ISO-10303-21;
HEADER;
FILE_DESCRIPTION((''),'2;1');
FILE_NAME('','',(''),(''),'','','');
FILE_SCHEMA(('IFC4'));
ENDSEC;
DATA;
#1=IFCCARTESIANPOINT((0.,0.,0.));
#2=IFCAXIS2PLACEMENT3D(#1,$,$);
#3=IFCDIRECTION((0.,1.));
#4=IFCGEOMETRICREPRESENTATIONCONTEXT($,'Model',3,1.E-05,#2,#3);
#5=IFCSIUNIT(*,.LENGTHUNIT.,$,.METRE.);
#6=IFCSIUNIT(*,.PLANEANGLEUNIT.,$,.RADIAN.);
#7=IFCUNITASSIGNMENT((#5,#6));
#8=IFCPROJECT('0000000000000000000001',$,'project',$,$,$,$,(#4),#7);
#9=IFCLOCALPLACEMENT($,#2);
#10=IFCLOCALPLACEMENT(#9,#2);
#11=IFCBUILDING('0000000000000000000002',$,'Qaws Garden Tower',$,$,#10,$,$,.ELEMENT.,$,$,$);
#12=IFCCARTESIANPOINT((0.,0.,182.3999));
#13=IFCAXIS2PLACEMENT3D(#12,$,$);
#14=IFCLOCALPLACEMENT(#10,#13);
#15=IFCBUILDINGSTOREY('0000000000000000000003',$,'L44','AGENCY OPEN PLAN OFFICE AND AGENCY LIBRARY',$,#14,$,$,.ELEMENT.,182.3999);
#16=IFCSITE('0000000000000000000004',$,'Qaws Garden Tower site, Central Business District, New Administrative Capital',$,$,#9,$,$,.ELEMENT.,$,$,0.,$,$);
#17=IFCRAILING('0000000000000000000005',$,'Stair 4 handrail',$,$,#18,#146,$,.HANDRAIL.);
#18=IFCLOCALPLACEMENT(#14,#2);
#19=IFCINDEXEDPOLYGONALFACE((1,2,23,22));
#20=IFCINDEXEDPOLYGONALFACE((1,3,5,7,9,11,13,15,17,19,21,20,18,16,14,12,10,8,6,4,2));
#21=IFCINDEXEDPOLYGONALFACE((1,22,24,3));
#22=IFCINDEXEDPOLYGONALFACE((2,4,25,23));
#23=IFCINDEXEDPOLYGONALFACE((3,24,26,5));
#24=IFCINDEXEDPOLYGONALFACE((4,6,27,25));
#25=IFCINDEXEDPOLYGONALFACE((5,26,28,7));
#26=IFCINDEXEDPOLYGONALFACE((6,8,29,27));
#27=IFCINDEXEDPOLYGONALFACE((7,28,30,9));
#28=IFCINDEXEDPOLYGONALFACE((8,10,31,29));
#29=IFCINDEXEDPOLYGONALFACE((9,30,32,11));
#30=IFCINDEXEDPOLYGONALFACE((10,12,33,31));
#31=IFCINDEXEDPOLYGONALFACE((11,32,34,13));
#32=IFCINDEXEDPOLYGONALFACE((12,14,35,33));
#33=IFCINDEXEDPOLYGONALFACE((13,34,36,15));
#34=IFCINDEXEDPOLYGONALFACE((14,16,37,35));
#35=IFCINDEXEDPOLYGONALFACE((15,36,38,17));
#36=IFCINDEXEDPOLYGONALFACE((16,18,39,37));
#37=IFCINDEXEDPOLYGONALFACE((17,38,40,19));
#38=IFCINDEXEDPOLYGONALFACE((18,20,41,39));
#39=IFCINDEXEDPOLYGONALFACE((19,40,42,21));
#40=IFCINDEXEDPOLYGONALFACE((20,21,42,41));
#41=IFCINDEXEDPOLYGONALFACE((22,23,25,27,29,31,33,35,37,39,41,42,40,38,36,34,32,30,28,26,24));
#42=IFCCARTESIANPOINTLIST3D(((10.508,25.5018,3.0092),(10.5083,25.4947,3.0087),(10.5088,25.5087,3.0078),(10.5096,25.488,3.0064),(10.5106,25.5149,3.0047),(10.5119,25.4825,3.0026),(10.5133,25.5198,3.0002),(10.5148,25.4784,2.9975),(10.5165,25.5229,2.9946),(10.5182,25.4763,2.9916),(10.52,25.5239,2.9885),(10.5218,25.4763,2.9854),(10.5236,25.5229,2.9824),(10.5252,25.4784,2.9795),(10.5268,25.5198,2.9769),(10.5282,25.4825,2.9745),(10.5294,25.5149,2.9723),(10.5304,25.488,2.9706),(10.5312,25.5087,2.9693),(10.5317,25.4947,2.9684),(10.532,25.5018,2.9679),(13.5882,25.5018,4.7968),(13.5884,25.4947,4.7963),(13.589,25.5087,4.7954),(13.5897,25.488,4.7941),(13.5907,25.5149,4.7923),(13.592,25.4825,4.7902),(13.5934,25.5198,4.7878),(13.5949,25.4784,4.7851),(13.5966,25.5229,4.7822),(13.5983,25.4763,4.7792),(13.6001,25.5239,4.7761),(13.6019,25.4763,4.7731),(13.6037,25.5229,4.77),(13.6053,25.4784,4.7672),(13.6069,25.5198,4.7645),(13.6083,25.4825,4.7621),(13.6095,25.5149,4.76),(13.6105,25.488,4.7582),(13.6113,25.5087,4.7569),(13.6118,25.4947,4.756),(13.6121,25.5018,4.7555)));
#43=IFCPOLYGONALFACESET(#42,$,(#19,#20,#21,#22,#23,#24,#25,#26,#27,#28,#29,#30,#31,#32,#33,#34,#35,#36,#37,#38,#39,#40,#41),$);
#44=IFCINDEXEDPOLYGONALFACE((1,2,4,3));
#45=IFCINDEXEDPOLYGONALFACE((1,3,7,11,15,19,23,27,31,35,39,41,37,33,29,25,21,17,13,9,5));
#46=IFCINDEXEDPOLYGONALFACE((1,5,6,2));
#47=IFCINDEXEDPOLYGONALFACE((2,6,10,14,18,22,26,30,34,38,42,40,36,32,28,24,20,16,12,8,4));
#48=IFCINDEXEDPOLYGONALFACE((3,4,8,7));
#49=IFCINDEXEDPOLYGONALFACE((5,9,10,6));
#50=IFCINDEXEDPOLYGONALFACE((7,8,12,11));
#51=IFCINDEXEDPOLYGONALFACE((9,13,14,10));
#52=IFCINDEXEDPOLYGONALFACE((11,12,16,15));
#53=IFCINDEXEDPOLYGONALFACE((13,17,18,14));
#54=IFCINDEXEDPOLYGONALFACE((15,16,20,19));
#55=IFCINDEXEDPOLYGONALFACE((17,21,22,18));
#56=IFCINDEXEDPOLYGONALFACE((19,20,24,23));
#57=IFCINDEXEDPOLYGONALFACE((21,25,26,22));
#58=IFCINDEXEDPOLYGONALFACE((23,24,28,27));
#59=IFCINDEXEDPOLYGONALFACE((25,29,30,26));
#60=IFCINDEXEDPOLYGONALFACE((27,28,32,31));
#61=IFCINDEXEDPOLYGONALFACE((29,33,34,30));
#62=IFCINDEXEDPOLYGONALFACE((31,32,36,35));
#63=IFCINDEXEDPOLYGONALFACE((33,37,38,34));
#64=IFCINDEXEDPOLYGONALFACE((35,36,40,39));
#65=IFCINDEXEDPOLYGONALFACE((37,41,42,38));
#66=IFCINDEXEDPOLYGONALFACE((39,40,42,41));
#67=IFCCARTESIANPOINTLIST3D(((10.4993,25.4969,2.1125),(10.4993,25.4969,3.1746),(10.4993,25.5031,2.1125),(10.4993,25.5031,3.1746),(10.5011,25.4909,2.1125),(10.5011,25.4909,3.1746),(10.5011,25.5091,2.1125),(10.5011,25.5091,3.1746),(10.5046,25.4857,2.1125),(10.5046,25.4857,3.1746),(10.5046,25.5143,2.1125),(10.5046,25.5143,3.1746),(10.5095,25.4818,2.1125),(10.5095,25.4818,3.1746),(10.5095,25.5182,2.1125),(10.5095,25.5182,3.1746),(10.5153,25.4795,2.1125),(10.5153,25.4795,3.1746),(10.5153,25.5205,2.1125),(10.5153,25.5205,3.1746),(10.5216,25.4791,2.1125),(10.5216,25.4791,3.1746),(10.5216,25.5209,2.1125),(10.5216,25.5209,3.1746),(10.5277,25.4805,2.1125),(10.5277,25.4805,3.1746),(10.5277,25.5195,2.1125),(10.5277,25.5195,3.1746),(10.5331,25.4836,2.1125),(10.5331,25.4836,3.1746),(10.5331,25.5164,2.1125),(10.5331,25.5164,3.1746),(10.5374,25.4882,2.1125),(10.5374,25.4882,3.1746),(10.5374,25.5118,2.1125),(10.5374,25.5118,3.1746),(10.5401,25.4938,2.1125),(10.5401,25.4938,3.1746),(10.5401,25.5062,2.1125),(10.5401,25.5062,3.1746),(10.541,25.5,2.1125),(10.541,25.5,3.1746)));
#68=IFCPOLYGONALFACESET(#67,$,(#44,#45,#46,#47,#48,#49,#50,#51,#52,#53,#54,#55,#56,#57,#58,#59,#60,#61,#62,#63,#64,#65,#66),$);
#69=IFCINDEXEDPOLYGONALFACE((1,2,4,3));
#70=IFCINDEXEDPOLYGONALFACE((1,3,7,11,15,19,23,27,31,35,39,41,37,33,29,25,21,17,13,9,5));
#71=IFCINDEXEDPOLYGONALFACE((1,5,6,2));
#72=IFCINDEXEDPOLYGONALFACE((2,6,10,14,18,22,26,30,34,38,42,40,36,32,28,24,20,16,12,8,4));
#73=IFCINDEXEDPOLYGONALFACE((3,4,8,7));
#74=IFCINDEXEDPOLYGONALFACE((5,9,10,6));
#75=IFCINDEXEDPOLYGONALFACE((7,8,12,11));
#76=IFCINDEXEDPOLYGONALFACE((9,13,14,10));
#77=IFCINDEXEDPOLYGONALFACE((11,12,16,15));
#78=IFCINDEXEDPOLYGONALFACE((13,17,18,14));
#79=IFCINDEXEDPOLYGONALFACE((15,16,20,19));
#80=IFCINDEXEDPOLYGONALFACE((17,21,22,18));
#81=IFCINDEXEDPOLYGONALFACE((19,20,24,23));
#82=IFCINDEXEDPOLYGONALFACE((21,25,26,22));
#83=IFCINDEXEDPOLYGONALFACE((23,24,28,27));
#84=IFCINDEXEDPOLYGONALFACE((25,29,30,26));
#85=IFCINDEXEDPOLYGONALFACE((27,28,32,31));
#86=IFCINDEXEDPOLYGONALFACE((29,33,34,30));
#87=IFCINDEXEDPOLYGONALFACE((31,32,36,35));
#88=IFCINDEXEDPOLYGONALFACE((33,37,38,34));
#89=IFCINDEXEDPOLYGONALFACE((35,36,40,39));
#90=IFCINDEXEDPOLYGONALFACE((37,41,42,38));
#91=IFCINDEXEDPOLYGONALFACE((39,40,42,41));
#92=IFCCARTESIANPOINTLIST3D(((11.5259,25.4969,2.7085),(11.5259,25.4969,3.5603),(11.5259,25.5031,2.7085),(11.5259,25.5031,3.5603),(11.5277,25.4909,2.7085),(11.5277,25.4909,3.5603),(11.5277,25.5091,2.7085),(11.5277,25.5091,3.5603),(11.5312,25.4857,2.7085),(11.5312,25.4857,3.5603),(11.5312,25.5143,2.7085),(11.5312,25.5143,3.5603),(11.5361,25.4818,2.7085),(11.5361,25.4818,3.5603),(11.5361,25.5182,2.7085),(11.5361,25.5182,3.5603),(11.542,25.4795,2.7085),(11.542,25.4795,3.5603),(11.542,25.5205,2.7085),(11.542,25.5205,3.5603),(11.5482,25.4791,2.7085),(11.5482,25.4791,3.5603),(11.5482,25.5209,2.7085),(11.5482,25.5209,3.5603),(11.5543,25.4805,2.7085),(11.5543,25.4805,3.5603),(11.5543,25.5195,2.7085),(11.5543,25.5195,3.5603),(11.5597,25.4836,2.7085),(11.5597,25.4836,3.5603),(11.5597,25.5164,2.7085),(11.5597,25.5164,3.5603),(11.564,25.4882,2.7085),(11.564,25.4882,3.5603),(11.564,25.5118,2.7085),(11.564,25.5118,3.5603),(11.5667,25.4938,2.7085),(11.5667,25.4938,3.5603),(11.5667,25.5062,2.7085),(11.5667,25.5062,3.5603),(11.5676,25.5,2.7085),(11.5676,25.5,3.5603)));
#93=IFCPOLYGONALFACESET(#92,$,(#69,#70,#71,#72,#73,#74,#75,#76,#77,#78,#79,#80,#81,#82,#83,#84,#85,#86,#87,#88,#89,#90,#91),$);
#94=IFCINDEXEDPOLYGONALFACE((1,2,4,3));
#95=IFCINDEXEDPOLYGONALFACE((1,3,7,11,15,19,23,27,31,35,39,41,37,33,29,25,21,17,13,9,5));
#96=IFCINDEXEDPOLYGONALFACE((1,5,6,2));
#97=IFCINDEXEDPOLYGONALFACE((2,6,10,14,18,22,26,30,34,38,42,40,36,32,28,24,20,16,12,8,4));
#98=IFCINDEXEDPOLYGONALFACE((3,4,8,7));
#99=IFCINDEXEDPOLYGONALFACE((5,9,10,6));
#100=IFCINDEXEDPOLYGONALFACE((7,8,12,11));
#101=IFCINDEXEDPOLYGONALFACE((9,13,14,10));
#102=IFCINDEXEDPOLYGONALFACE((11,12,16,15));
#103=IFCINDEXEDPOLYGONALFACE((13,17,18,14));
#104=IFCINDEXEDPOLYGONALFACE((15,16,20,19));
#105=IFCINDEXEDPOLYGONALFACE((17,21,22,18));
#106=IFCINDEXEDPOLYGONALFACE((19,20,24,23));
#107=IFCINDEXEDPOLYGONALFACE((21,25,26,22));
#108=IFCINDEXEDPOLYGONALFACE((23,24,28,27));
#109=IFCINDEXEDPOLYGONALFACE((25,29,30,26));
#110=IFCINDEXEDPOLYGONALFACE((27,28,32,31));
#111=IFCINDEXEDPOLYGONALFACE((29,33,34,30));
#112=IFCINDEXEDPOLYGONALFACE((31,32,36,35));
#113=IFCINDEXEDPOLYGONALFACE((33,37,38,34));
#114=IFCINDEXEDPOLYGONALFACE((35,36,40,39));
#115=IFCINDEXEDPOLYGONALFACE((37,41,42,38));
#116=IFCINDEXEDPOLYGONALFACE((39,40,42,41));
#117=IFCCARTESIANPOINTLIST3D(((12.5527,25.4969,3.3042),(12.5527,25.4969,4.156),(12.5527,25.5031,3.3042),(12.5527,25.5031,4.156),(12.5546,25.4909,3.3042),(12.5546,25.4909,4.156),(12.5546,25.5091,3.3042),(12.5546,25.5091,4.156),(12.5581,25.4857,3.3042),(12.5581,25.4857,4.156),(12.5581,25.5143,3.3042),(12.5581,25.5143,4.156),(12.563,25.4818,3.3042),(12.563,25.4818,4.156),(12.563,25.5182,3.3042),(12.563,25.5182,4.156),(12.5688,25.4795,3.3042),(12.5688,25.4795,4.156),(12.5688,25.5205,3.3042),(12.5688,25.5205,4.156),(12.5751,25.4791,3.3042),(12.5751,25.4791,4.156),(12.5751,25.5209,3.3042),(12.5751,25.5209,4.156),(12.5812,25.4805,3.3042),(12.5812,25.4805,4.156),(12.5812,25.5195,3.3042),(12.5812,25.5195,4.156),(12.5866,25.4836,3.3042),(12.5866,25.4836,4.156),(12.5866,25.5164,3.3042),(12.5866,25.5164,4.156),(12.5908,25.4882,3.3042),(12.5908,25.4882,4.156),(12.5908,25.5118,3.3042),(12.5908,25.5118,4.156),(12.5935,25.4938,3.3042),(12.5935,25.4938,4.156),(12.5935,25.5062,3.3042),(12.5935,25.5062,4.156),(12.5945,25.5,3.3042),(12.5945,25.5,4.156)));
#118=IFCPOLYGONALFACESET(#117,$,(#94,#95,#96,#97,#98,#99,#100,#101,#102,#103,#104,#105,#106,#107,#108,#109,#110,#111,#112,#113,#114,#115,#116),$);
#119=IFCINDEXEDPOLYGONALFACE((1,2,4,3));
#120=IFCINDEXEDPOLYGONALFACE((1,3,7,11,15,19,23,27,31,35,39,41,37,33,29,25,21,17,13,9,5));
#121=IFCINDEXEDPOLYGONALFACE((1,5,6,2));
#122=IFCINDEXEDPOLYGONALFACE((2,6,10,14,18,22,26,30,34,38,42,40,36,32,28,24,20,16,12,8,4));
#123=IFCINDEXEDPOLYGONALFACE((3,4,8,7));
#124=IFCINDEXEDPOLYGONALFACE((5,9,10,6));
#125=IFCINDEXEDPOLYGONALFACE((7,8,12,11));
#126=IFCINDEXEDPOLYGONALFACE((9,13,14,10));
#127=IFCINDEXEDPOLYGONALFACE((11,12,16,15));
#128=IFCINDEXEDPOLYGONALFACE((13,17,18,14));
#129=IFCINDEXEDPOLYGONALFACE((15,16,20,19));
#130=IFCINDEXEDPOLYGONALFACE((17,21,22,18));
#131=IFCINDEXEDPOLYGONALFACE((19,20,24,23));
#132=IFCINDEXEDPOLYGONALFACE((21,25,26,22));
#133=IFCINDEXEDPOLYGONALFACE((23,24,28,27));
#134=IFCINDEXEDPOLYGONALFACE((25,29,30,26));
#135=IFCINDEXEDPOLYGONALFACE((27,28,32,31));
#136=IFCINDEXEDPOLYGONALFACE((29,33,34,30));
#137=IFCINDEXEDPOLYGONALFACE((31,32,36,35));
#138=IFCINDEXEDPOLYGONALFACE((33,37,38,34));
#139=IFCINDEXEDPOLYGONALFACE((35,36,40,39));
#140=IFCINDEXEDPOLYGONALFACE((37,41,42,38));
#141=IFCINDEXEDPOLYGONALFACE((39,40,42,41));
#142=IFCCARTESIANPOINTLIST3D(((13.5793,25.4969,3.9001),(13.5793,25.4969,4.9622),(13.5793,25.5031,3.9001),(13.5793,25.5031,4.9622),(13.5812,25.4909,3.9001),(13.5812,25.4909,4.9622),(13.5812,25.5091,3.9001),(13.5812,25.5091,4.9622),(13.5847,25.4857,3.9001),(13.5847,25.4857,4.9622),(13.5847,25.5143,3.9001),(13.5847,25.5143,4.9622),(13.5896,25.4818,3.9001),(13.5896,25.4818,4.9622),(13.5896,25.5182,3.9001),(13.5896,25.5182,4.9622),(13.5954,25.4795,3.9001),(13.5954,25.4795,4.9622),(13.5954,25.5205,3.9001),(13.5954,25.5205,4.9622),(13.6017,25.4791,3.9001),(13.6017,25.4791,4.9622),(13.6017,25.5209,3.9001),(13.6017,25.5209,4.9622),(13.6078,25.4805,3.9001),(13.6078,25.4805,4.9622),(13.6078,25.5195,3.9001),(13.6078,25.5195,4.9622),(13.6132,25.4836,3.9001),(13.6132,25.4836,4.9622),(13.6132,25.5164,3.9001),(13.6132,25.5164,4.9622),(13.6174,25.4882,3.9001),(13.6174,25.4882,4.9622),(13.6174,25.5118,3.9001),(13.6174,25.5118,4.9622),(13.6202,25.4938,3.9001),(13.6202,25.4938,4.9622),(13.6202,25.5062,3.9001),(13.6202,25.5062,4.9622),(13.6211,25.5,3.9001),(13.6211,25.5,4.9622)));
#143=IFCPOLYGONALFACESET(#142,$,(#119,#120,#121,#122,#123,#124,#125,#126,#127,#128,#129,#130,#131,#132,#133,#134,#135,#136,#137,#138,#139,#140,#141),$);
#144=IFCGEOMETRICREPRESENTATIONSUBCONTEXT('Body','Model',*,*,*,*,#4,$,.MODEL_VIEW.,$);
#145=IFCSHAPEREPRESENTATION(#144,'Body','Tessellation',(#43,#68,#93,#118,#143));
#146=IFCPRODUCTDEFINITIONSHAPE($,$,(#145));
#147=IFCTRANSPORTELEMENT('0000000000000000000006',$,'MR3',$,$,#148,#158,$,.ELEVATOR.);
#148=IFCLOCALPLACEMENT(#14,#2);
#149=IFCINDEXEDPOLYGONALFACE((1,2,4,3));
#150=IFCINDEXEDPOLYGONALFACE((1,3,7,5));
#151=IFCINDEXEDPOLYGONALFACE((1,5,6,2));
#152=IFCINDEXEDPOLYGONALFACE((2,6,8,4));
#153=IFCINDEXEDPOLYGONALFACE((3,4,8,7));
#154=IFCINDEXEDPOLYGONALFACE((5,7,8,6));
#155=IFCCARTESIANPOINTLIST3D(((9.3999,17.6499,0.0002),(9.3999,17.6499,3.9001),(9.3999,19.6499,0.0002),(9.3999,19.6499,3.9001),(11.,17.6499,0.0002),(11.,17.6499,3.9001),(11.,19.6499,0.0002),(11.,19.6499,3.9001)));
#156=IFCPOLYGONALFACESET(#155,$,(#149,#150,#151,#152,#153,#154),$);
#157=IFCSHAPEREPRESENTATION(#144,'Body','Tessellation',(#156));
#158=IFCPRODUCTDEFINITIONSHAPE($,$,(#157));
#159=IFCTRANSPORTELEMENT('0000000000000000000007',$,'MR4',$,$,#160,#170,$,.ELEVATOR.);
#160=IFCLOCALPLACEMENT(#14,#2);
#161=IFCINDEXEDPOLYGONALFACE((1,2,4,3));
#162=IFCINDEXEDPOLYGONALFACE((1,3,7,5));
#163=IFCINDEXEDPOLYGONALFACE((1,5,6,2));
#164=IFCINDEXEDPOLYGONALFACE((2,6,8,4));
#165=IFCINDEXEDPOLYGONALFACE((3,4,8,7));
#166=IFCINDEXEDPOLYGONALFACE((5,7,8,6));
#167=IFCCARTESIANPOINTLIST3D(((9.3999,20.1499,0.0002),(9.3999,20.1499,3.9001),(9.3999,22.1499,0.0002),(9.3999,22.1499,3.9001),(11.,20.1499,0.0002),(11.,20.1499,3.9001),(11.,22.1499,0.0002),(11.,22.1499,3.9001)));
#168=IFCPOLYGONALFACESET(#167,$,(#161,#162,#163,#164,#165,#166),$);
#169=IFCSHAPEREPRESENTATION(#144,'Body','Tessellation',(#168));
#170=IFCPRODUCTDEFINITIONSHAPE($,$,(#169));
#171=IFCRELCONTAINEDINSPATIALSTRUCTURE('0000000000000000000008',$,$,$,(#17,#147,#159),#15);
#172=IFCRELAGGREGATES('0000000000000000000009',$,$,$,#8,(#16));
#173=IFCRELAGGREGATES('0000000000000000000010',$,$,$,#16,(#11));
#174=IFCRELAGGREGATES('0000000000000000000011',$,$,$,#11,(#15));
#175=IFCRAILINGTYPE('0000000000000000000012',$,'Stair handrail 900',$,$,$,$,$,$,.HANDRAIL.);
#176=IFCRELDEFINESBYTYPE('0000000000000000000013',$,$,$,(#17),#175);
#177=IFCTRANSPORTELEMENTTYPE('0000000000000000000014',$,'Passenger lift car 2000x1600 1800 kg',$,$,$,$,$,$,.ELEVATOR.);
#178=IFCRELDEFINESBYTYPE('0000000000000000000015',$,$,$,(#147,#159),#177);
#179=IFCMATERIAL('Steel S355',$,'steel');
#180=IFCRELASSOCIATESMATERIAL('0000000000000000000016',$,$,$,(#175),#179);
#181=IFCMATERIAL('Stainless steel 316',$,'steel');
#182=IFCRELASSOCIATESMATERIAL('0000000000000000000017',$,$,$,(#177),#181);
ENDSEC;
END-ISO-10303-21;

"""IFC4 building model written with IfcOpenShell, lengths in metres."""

from ifc_helpers import new_model, si_unit, direction, frame, origin, origin_2d, place, context, subcontext, project, spatial, rectangle, circle, extrude, material, type_object, element, save


model = new_model("IFC4")

# Units and contexts
model_context = context("Model", 3, precision=1e-05, world=origin(), true_north=direction((0.0, 1.0)))
body_context = subcontext(model_context, "Body", "Model", "MODEL_VIEW")
ifc_project = project(units=[si_unit("LENGTHUNIT", "METRE"), si_unit("PLANEANGLEUNIT", "RADIAN")], contexts=[model_context])

# Site, building, storey
site_placement = place(None, origin())
site = spatial("IfcSite", under=ifc_project, at=site_placement, Name="Qaws Garden Tower site, Central Business District, New Administrative Capital", CompositionType="ELEMENT", RefElevation=0.0)
building_placement = place(site_placement, origin())
building = spatial("IfcBuilding", under=site, at=building_placement, Name="Qaws Garden Tower", CompositionType="ELEMENT")
storey_placement = place(building_placement, frame((0.0, 0.0, 182.3999)))
storey = spatial("IfcBuildingStorey", under=building, at=storey_placement, Name="L44", Description="AGENCY OPEN PLAN OFFICE AND AGENCY LIBRARY", CompositionType="ELEMENT", Elevation=182.3999)

# Railing
ifc_material_1 = material(Name="Steel S355", Category="steel")
railing_type = type_object("IfcRailingType", Name="Stair handrail 900", PredefinedType="HANDRAIL", material=ifc_material_1)
railing_1_placement = place(storey_placement, frame((10.52, 25.5, 2.1125)))
element("IfcRailing", 1, at=railing_1_placement, inside=storey, type_object=railing_type, Name="Stair 4 handrail", PredefinedType="HANDRAIL", context=body_context, shape_type="SweptSolid", body=[
    extrude(circle(Radius=0.0239, at=origin_2d()), frame((0.0, 0.0, 0.876), z_axis=(0.864891, 0.0, 0.50196), x_axis=(0.0, 1.0, 0.0)), (0.0, 0.0, 1.0), 3.5613),
    extrude(circle(Radius=0.021, at=origin_2d()), origin(), (0.0, 0.0, 1.0), 1.062),
    extrude(circle(Radius=0.021, at=origin_2d()), frame((1.0266, 0.0, 0.5959)), (0.0, 0.0, 1.0), 0.8518),
    extrude(circle(Radius=0.021, at=origin_2d()), frame((2.0535, 0.0, 1.1917)), (0.0, 0.0, 1.0), 0.8518),
    extrude(circle(Radius=0.021, at=origin_2d()), frame((3.0801, 0.0, 1.7876)), (0.0, 0.0, 1.0), 1.062),
])

# Transport elements
ifc_material_2 = material(Name="Stainless steel 316", Category="steel")
transport_element_type = type_object("IfcTransportElementType", Name="Passenger lift car 2000x1600 1800 kg", PredefinedType="ELEVATOR", material=ifc_material_2)
for number, where, z_axis, x_axis, name in (
    (2, (10.2, 18.6499, 0.0002), (0.0, 0.0, 1.0), (1.0, 0.0, 0.0), "MR3"),
    (3, (10.2, 21.1499, 0.0002), (0.0, 0.0, 1.0), (1.0, 0.0, 0.0), "MR4"),
):
    element("IfcTransportElement", number, at=place(storey_placement, frame(where, z_axis=z_axis, x_axis=x_axis)), inside=storey, type_object=transport_element_type, Name=name, PredefinedType="ELEVATOR", context=body_context, shape_type="SweptSolid", body=[
        extrude(rectangle(XDim=1.6001, YDim=2.0, at=origin_2d()), origin(), (0.0, 0.0, 1.0), 3.8999),
    ])

save(model, "model.ifc")
